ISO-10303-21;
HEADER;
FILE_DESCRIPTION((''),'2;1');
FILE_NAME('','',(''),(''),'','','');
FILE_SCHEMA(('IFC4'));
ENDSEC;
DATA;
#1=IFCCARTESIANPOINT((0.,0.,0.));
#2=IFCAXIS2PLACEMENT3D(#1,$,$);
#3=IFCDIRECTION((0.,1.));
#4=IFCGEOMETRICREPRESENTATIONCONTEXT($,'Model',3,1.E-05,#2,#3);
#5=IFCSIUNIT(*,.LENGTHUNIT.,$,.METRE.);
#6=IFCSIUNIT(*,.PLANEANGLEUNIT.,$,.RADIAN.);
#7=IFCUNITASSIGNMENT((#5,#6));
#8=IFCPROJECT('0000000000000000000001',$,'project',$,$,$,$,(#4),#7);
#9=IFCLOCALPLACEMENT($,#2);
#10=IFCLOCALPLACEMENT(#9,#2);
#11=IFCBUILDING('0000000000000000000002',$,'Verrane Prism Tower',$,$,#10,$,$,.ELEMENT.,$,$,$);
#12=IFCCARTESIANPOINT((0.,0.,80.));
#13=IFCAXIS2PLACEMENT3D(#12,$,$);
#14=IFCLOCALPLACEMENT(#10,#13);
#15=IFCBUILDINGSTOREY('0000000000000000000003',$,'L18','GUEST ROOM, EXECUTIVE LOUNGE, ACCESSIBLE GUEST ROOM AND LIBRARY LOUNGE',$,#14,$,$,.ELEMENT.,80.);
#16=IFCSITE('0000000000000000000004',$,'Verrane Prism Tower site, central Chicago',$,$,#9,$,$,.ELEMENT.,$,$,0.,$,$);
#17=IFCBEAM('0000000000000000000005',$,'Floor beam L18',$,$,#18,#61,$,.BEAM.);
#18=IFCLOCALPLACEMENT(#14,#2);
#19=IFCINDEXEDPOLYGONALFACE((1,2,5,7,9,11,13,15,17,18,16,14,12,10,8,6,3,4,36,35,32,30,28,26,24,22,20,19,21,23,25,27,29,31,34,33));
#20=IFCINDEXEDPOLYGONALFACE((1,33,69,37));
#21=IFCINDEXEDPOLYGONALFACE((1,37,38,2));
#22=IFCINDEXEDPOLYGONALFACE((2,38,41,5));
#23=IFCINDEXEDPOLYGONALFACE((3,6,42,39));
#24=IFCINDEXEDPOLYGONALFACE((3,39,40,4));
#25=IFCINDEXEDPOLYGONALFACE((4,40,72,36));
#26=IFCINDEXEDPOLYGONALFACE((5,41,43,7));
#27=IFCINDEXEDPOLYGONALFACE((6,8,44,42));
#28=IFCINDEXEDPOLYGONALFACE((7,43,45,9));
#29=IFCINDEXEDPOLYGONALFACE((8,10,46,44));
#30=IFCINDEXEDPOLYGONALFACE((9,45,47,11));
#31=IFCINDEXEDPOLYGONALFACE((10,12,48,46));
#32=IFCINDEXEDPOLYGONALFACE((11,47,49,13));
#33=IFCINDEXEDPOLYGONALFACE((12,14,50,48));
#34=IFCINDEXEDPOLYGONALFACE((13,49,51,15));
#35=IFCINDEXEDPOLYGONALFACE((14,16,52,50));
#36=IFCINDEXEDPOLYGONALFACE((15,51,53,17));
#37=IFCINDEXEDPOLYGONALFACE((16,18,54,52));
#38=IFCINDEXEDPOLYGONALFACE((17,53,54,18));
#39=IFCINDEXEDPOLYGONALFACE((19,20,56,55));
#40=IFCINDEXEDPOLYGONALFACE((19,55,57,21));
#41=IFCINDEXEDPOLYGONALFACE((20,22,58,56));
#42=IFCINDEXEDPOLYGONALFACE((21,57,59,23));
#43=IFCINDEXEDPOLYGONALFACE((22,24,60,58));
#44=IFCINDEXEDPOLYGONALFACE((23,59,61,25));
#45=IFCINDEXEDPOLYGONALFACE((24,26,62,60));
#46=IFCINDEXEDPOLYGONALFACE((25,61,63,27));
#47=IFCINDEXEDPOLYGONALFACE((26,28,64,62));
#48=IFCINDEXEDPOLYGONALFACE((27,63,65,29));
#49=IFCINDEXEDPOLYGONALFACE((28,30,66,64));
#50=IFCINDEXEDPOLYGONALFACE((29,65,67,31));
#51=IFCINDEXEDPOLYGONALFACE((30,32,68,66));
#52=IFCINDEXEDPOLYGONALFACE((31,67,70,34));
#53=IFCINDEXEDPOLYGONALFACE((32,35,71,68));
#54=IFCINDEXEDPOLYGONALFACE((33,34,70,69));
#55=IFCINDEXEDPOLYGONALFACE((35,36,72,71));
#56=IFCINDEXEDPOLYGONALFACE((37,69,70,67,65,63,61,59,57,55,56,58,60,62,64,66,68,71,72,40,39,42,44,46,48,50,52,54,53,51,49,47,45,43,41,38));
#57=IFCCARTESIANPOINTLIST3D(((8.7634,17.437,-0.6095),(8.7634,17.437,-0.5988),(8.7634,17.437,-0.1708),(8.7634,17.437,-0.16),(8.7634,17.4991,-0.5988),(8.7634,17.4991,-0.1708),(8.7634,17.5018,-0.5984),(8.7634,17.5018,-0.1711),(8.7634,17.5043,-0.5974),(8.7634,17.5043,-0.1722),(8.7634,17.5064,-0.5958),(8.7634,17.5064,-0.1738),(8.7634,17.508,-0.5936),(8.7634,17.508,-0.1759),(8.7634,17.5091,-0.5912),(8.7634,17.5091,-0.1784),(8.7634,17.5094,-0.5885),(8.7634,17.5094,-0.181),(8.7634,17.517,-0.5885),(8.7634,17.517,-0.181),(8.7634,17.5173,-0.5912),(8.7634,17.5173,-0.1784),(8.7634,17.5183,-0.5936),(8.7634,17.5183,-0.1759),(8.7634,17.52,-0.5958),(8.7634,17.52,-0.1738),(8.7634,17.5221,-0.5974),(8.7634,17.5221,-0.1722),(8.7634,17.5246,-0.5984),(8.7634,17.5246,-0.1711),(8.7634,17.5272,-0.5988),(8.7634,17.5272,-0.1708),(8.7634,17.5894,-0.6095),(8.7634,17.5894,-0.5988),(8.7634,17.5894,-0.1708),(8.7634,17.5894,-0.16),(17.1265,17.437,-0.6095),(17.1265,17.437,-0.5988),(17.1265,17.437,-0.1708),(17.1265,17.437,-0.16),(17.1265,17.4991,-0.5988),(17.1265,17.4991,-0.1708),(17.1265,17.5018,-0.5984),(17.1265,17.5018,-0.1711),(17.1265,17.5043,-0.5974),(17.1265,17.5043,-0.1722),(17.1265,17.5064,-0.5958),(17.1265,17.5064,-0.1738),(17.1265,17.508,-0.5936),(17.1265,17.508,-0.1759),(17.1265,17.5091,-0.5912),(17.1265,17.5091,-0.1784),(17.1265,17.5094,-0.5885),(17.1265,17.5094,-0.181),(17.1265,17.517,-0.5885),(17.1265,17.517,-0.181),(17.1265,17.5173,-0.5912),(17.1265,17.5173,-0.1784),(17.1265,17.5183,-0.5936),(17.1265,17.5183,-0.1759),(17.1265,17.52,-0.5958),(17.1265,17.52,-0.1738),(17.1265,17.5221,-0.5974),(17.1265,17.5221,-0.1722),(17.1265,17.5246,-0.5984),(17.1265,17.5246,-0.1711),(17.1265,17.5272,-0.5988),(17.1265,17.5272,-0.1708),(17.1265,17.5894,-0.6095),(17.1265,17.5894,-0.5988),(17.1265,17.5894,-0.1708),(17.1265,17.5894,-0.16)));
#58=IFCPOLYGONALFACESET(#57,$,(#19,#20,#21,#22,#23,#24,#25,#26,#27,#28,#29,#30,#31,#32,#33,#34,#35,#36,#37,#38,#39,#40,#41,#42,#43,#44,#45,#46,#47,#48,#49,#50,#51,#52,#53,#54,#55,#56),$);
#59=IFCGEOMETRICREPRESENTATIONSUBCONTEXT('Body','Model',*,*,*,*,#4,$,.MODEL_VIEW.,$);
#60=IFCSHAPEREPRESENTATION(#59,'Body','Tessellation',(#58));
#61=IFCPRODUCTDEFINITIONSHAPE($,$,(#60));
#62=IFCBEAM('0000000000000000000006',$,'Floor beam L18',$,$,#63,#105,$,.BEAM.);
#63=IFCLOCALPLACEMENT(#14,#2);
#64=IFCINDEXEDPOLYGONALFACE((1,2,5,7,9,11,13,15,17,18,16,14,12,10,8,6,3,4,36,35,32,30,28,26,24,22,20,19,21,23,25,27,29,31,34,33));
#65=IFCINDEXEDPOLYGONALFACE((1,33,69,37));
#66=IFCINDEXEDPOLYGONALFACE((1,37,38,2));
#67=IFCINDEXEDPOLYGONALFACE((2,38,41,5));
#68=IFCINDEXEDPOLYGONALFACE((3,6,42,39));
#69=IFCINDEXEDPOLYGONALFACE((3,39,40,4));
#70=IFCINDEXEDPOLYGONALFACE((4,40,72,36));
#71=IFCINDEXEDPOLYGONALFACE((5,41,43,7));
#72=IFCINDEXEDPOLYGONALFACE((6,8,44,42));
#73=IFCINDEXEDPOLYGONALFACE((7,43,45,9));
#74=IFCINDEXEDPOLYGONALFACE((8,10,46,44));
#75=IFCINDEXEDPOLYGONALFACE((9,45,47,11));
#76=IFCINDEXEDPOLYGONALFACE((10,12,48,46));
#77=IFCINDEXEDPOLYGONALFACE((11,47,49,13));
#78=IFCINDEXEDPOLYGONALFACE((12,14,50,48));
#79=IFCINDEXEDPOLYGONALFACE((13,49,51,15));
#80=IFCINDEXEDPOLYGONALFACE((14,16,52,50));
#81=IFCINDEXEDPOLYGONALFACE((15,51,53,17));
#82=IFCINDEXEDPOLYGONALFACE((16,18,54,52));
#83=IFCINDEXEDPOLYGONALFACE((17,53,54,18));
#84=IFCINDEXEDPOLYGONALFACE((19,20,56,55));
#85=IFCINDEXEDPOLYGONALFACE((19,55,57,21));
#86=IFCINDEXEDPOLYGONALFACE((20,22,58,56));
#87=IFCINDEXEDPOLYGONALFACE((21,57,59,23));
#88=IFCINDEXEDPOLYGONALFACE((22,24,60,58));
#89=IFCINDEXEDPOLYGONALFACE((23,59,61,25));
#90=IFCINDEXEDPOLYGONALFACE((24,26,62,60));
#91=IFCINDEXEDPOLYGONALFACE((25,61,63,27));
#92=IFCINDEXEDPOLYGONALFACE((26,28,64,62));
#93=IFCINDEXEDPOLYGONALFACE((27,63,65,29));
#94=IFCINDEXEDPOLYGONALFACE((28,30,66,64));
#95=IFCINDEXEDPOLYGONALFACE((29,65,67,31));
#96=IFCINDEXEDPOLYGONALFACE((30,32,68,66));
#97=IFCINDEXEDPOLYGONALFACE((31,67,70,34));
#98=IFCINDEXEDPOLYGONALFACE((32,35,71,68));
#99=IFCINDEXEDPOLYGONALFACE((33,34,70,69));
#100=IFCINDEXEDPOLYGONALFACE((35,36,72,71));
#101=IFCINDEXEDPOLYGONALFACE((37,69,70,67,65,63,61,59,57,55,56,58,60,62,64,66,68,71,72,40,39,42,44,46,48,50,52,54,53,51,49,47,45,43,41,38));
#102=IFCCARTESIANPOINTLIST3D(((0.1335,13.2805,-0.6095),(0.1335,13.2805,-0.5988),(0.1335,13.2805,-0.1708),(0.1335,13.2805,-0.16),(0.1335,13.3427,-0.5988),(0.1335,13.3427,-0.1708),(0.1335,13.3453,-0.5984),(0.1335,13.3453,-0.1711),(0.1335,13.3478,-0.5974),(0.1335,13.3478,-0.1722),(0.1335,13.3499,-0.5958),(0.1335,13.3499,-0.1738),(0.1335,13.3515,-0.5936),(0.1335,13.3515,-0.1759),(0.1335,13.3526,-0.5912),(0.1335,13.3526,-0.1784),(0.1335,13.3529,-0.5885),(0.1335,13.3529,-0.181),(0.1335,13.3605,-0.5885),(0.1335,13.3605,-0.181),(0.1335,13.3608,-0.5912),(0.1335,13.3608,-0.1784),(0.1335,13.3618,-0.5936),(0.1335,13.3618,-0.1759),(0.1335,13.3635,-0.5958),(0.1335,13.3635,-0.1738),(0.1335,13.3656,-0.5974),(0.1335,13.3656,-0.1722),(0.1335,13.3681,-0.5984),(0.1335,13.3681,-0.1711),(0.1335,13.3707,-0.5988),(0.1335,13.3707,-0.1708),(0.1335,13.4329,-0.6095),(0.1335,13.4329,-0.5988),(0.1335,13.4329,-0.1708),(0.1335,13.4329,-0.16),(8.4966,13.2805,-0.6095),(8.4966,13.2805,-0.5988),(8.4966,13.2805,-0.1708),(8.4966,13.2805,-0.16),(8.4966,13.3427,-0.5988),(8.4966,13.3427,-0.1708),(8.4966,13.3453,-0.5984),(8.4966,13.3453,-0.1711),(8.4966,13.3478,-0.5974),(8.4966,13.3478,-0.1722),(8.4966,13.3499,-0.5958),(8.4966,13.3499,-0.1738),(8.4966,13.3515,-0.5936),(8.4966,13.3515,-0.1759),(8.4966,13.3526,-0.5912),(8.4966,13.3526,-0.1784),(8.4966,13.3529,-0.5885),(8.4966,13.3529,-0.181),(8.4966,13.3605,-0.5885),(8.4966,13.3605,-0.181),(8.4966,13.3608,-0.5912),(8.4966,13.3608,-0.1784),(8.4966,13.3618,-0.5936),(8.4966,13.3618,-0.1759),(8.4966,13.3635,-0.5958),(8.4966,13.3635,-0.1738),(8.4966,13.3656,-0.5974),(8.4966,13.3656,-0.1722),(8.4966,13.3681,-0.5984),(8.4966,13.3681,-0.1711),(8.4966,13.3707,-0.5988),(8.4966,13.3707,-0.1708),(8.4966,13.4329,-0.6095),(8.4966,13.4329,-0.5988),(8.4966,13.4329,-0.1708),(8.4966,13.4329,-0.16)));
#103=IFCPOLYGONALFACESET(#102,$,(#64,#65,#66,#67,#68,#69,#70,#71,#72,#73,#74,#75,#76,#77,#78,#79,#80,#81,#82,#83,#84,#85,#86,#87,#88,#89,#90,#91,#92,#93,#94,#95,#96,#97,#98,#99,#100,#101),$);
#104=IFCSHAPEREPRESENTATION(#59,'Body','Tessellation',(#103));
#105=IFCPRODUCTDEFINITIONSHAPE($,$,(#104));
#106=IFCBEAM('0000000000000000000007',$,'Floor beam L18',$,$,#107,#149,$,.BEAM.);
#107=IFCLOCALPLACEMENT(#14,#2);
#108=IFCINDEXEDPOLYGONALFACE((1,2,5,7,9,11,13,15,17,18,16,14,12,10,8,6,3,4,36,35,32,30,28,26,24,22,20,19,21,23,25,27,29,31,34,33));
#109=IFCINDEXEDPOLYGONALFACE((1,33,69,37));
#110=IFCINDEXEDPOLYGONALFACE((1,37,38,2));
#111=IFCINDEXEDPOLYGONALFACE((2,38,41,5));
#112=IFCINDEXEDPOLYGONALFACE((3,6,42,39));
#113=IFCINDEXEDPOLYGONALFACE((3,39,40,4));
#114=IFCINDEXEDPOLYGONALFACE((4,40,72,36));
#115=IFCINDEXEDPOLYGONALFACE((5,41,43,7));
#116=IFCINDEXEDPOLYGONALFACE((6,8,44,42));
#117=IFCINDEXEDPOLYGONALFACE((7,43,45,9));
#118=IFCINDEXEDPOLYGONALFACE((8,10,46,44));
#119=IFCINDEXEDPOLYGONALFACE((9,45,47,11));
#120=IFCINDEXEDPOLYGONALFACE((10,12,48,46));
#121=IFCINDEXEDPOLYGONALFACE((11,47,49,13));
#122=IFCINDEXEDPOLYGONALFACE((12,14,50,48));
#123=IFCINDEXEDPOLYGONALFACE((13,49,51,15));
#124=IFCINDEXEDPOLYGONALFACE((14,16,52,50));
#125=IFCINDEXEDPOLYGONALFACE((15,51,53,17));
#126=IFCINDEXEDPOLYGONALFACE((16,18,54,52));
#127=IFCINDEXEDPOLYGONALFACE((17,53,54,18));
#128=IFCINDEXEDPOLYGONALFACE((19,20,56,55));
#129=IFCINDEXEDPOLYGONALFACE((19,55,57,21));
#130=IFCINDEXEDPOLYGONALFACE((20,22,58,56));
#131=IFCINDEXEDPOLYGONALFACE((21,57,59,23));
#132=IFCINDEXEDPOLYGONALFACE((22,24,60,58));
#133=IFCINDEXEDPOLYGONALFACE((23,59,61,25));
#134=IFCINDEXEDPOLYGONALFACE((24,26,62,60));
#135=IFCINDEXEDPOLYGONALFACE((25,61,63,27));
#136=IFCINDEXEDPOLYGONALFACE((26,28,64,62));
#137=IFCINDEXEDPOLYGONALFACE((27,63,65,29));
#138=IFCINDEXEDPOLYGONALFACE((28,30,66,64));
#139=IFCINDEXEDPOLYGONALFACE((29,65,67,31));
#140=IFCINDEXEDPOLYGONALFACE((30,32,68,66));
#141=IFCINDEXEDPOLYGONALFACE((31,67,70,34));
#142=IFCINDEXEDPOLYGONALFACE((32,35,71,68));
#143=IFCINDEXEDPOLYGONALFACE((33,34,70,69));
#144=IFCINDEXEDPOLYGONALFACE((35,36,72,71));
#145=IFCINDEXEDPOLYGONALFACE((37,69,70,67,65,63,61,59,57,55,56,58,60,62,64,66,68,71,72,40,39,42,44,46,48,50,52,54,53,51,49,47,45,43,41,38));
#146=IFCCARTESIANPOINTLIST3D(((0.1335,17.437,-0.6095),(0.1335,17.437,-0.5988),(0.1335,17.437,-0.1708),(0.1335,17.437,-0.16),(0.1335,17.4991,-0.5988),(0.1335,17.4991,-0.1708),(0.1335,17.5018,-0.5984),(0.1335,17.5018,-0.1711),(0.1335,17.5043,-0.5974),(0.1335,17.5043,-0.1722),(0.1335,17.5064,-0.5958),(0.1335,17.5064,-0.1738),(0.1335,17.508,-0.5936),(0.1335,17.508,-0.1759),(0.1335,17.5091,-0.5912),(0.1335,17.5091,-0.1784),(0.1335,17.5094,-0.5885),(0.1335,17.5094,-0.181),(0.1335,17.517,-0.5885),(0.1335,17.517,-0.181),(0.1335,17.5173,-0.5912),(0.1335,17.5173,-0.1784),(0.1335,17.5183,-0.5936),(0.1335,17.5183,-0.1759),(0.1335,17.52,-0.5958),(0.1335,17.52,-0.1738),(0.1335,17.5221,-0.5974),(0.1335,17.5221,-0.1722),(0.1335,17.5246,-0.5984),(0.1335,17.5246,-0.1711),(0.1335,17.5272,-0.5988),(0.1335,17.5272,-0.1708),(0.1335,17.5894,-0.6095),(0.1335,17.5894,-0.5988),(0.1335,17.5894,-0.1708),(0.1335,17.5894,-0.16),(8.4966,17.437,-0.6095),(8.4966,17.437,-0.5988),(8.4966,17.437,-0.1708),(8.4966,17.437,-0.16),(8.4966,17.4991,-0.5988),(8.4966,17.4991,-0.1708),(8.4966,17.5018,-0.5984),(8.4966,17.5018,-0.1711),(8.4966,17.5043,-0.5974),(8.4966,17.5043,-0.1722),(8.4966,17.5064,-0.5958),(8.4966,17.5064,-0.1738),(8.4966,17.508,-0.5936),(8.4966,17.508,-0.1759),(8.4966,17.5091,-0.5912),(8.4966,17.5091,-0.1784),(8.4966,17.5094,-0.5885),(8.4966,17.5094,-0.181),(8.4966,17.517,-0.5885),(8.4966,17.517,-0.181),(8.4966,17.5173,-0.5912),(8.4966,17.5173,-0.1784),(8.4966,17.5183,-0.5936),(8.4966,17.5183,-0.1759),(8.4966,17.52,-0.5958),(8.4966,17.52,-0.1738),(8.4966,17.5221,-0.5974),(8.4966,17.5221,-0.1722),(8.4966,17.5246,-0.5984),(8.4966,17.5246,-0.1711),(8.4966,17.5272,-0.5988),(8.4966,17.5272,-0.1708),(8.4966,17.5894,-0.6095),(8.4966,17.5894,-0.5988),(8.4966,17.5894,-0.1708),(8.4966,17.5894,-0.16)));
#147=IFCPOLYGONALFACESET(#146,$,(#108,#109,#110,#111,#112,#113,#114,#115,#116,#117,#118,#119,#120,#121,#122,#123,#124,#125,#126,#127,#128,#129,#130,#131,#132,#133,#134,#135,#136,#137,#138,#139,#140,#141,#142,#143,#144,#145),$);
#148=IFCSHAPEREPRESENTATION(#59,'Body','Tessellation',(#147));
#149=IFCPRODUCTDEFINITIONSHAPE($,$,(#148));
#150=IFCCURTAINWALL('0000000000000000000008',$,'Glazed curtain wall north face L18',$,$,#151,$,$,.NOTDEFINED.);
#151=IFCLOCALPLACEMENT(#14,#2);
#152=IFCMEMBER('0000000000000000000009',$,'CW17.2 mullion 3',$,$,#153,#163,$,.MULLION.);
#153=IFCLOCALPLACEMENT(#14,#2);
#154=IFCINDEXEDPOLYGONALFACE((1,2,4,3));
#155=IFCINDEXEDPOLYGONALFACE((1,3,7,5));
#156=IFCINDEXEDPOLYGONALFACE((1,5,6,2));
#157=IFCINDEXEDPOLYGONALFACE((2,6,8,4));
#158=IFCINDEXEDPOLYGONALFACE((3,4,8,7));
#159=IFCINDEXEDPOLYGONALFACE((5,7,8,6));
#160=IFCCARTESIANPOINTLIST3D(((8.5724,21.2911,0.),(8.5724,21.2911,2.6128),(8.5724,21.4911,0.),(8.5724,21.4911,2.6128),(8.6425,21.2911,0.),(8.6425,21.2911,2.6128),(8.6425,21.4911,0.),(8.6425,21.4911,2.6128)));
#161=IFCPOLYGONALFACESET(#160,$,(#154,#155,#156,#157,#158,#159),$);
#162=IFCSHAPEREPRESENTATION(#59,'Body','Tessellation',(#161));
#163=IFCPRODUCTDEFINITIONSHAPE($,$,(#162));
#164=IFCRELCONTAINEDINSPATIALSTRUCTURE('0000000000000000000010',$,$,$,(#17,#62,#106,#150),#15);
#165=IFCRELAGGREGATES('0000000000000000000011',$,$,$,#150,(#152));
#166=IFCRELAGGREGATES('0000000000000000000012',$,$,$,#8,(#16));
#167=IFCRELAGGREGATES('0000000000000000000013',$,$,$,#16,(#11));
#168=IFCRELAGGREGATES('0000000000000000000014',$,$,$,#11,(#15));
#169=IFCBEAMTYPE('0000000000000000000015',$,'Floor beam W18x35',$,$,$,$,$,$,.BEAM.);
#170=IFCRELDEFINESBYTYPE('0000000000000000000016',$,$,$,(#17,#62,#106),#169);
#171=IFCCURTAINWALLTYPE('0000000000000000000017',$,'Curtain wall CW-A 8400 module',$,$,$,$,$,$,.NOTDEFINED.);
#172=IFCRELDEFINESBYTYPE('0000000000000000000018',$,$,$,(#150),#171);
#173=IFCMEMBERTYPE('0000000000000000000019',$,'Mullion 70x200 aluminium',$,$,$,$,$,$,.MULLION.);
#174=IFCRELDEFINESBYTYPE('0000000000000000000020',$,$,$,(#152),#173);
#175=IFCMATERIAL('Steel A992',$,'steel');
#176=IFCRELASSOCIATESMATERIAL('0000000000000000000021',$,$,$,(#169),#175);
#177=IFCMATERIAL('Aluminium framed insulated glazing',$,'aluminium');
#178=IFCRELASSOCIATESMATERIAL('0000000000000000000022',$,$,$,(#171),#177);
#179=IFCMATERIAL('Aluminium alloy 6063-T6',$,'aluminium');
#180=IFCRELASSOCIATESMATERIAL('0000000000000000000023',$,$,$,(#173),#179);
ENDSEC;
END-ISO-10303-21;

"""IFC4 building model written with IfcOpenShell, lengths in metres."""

from ifc_helpers import new_model, si_unit, direction, frame, origin, origin_2d, place, context, subcontext, project, spatial, rectangle, i_section, extrude, material, material_profile, profile_set, type_object, element, aggregate, save


model = new_model("IFC4")

# Units and contexts
model_context = context("Model", 3, precision=1e-05, world=origin(), true_north=direction((0.0, 1.0)))
body_context = subcontext(model_context, "Body", "Model", "MODEL_VIEW")
ifc_project = project(units=[si_unit("LENGTHUNIT", "METRE"), si_unit("PLANEANGLEUNIT", "RADIAN")], contexts=[model_context])

# Site, building, storey
site_placement = place(None, origin())
site = spatial("IfcSite", under=ifc_project, at=site_placement, Name="Verrane Prism Tower site, central Chicago", CompositionType="ELEMENT", RefElevation=0.0)
building_placement = place(site_placement, origin())
building = spatial("IfcBuilding", under=site, at=building_placement, Name="Verrane Prism Tower", CompositionType="ELEMENT")
storey_placement = place(building_placement, frame((0.0, 0.0, 80.0)))
storey = spatial("IfcBuildingStorey", under=building, at=storey_placement, Name="L18", Description="GUEST ROOM, EXECUTIVE LOUNGE, ACCESSIBLE GUEST ROOM AND LIBRARY LOUNGE", CompositionType="ELEMENT", Elevation=80.0)

# Beams
ifc_material_1 = material(Name="Steel A992", Category="steel")
ifc_material_profile_1 = material_profile(ifc_material_1, i_section(OverallWidth=0.1523, OverallDepth=0.4495, WebThickness=0.0076, FlangeThickness=0.0107, FilletRadius=0.0103, at=origin_2d()), Name="W18x35")
ifc_profile_set_1 = profile_set([ifc_material_profile_1], Name="Steel A992")
beam_type_1 = type_object("IfcBeamType", Name="Floor beam W18x35", PredefinedType="BEAM", material=ifc_profile_set_1)
for number, where, z_axis, x_axis, name in (
    (1, (8.7634, 17.5132, -0.3848), (1.0, 0.0, 0.0), (0.0, 1.0, 0.0), "Floor beam L18"),
    (2, (0.1335, 13.3567, -0.3848), (1.0, 0.0, 0.0), (0.0, 1.0, 0.0), "Floor beam L18"),
    (3, (0.1335, 17.5132, -0.3848), (1.0, 0.0, 0.0), (0.0, 1.0, 0.0), "Floor beam L18"),
):
    element("IfcBeam", number, at=place(storey_placement, frame(where, z_axis=z_axis, x_axis=x_axis)), inside=storey, type_object=beam_type_1, Name=name, PredefinedType="BEAM", context=body_context, shape_type="SweptSolid", body=[
        extrude(i_section(OverallWidth=0.1523, OverallDepth=0.4495, WebThickness=0.0076, FlangeThickness=0.0107, FilletRadius=0.0103, at=origin_2d()), origin(), (0.0, 0.0, 1.0), 8.363),
    ])

# Curtain wall, member
ifc_material_2 = material(Name="Aluminium framed insulated glazing", Category="aluminium")
curtain_wall_type = type_object("IfcCurtainWallType", Name="Curtain wall CW-A 8400 module", PredefinedType="NOTDEFINED", material=ifc_material_2)
curtain_wall_placement = place(storey_placement, origin())
curtain_wall = element("IfcCurtainWall", 4, at=curtain_wall_placement, inside=storey, type_object=curtain_wall_type, Name="Glazed curtain wall north face L18", PredefinedType="NOTDEFINED")
ifc_material_3 = material(Name="Aluminium alloy 6063-T6", Category="aluminium")
ifc_material_profile_2 = material_profile(ifc_material_3, rectangle(XDim=0.2, YDim=0.0701, at=origin_2d()), Name="Mullion 70x200 aluminium")
ifc_profile_set_2 = profile_set([ifc_material_profile_2], Name="Aluminium alloy 6063-T6")
member_type_1 = type_object("IfcMemberType", Name="Mullion 70x200 aluminium", PredefinedType="MULLION", material=ifc_profile_set_2)
member_1_placement = place(storey_placement, frame((8.6074, 21.3911, 0.0), z_axis=(0.0, 0.0, 1.0), x_axis=(0.0, -1.0, 0.0)))
member_1 = element("IfcMember", 5, at=member_1_placement, type_object=member_type_1, Name="CW17.2 mullion 3", PredefinedType="MULLION", context=body_context, shape_type="SweptSolid", body=[
    extrude(rectangle(XDim=0.2, YDim=0.0701, at=origin_2d()), origin(), (0.0, 0.0, 1.0), 2.6128),
])

aggregate(curtain_wall, [member_1])

save(model, "model.ifc")
